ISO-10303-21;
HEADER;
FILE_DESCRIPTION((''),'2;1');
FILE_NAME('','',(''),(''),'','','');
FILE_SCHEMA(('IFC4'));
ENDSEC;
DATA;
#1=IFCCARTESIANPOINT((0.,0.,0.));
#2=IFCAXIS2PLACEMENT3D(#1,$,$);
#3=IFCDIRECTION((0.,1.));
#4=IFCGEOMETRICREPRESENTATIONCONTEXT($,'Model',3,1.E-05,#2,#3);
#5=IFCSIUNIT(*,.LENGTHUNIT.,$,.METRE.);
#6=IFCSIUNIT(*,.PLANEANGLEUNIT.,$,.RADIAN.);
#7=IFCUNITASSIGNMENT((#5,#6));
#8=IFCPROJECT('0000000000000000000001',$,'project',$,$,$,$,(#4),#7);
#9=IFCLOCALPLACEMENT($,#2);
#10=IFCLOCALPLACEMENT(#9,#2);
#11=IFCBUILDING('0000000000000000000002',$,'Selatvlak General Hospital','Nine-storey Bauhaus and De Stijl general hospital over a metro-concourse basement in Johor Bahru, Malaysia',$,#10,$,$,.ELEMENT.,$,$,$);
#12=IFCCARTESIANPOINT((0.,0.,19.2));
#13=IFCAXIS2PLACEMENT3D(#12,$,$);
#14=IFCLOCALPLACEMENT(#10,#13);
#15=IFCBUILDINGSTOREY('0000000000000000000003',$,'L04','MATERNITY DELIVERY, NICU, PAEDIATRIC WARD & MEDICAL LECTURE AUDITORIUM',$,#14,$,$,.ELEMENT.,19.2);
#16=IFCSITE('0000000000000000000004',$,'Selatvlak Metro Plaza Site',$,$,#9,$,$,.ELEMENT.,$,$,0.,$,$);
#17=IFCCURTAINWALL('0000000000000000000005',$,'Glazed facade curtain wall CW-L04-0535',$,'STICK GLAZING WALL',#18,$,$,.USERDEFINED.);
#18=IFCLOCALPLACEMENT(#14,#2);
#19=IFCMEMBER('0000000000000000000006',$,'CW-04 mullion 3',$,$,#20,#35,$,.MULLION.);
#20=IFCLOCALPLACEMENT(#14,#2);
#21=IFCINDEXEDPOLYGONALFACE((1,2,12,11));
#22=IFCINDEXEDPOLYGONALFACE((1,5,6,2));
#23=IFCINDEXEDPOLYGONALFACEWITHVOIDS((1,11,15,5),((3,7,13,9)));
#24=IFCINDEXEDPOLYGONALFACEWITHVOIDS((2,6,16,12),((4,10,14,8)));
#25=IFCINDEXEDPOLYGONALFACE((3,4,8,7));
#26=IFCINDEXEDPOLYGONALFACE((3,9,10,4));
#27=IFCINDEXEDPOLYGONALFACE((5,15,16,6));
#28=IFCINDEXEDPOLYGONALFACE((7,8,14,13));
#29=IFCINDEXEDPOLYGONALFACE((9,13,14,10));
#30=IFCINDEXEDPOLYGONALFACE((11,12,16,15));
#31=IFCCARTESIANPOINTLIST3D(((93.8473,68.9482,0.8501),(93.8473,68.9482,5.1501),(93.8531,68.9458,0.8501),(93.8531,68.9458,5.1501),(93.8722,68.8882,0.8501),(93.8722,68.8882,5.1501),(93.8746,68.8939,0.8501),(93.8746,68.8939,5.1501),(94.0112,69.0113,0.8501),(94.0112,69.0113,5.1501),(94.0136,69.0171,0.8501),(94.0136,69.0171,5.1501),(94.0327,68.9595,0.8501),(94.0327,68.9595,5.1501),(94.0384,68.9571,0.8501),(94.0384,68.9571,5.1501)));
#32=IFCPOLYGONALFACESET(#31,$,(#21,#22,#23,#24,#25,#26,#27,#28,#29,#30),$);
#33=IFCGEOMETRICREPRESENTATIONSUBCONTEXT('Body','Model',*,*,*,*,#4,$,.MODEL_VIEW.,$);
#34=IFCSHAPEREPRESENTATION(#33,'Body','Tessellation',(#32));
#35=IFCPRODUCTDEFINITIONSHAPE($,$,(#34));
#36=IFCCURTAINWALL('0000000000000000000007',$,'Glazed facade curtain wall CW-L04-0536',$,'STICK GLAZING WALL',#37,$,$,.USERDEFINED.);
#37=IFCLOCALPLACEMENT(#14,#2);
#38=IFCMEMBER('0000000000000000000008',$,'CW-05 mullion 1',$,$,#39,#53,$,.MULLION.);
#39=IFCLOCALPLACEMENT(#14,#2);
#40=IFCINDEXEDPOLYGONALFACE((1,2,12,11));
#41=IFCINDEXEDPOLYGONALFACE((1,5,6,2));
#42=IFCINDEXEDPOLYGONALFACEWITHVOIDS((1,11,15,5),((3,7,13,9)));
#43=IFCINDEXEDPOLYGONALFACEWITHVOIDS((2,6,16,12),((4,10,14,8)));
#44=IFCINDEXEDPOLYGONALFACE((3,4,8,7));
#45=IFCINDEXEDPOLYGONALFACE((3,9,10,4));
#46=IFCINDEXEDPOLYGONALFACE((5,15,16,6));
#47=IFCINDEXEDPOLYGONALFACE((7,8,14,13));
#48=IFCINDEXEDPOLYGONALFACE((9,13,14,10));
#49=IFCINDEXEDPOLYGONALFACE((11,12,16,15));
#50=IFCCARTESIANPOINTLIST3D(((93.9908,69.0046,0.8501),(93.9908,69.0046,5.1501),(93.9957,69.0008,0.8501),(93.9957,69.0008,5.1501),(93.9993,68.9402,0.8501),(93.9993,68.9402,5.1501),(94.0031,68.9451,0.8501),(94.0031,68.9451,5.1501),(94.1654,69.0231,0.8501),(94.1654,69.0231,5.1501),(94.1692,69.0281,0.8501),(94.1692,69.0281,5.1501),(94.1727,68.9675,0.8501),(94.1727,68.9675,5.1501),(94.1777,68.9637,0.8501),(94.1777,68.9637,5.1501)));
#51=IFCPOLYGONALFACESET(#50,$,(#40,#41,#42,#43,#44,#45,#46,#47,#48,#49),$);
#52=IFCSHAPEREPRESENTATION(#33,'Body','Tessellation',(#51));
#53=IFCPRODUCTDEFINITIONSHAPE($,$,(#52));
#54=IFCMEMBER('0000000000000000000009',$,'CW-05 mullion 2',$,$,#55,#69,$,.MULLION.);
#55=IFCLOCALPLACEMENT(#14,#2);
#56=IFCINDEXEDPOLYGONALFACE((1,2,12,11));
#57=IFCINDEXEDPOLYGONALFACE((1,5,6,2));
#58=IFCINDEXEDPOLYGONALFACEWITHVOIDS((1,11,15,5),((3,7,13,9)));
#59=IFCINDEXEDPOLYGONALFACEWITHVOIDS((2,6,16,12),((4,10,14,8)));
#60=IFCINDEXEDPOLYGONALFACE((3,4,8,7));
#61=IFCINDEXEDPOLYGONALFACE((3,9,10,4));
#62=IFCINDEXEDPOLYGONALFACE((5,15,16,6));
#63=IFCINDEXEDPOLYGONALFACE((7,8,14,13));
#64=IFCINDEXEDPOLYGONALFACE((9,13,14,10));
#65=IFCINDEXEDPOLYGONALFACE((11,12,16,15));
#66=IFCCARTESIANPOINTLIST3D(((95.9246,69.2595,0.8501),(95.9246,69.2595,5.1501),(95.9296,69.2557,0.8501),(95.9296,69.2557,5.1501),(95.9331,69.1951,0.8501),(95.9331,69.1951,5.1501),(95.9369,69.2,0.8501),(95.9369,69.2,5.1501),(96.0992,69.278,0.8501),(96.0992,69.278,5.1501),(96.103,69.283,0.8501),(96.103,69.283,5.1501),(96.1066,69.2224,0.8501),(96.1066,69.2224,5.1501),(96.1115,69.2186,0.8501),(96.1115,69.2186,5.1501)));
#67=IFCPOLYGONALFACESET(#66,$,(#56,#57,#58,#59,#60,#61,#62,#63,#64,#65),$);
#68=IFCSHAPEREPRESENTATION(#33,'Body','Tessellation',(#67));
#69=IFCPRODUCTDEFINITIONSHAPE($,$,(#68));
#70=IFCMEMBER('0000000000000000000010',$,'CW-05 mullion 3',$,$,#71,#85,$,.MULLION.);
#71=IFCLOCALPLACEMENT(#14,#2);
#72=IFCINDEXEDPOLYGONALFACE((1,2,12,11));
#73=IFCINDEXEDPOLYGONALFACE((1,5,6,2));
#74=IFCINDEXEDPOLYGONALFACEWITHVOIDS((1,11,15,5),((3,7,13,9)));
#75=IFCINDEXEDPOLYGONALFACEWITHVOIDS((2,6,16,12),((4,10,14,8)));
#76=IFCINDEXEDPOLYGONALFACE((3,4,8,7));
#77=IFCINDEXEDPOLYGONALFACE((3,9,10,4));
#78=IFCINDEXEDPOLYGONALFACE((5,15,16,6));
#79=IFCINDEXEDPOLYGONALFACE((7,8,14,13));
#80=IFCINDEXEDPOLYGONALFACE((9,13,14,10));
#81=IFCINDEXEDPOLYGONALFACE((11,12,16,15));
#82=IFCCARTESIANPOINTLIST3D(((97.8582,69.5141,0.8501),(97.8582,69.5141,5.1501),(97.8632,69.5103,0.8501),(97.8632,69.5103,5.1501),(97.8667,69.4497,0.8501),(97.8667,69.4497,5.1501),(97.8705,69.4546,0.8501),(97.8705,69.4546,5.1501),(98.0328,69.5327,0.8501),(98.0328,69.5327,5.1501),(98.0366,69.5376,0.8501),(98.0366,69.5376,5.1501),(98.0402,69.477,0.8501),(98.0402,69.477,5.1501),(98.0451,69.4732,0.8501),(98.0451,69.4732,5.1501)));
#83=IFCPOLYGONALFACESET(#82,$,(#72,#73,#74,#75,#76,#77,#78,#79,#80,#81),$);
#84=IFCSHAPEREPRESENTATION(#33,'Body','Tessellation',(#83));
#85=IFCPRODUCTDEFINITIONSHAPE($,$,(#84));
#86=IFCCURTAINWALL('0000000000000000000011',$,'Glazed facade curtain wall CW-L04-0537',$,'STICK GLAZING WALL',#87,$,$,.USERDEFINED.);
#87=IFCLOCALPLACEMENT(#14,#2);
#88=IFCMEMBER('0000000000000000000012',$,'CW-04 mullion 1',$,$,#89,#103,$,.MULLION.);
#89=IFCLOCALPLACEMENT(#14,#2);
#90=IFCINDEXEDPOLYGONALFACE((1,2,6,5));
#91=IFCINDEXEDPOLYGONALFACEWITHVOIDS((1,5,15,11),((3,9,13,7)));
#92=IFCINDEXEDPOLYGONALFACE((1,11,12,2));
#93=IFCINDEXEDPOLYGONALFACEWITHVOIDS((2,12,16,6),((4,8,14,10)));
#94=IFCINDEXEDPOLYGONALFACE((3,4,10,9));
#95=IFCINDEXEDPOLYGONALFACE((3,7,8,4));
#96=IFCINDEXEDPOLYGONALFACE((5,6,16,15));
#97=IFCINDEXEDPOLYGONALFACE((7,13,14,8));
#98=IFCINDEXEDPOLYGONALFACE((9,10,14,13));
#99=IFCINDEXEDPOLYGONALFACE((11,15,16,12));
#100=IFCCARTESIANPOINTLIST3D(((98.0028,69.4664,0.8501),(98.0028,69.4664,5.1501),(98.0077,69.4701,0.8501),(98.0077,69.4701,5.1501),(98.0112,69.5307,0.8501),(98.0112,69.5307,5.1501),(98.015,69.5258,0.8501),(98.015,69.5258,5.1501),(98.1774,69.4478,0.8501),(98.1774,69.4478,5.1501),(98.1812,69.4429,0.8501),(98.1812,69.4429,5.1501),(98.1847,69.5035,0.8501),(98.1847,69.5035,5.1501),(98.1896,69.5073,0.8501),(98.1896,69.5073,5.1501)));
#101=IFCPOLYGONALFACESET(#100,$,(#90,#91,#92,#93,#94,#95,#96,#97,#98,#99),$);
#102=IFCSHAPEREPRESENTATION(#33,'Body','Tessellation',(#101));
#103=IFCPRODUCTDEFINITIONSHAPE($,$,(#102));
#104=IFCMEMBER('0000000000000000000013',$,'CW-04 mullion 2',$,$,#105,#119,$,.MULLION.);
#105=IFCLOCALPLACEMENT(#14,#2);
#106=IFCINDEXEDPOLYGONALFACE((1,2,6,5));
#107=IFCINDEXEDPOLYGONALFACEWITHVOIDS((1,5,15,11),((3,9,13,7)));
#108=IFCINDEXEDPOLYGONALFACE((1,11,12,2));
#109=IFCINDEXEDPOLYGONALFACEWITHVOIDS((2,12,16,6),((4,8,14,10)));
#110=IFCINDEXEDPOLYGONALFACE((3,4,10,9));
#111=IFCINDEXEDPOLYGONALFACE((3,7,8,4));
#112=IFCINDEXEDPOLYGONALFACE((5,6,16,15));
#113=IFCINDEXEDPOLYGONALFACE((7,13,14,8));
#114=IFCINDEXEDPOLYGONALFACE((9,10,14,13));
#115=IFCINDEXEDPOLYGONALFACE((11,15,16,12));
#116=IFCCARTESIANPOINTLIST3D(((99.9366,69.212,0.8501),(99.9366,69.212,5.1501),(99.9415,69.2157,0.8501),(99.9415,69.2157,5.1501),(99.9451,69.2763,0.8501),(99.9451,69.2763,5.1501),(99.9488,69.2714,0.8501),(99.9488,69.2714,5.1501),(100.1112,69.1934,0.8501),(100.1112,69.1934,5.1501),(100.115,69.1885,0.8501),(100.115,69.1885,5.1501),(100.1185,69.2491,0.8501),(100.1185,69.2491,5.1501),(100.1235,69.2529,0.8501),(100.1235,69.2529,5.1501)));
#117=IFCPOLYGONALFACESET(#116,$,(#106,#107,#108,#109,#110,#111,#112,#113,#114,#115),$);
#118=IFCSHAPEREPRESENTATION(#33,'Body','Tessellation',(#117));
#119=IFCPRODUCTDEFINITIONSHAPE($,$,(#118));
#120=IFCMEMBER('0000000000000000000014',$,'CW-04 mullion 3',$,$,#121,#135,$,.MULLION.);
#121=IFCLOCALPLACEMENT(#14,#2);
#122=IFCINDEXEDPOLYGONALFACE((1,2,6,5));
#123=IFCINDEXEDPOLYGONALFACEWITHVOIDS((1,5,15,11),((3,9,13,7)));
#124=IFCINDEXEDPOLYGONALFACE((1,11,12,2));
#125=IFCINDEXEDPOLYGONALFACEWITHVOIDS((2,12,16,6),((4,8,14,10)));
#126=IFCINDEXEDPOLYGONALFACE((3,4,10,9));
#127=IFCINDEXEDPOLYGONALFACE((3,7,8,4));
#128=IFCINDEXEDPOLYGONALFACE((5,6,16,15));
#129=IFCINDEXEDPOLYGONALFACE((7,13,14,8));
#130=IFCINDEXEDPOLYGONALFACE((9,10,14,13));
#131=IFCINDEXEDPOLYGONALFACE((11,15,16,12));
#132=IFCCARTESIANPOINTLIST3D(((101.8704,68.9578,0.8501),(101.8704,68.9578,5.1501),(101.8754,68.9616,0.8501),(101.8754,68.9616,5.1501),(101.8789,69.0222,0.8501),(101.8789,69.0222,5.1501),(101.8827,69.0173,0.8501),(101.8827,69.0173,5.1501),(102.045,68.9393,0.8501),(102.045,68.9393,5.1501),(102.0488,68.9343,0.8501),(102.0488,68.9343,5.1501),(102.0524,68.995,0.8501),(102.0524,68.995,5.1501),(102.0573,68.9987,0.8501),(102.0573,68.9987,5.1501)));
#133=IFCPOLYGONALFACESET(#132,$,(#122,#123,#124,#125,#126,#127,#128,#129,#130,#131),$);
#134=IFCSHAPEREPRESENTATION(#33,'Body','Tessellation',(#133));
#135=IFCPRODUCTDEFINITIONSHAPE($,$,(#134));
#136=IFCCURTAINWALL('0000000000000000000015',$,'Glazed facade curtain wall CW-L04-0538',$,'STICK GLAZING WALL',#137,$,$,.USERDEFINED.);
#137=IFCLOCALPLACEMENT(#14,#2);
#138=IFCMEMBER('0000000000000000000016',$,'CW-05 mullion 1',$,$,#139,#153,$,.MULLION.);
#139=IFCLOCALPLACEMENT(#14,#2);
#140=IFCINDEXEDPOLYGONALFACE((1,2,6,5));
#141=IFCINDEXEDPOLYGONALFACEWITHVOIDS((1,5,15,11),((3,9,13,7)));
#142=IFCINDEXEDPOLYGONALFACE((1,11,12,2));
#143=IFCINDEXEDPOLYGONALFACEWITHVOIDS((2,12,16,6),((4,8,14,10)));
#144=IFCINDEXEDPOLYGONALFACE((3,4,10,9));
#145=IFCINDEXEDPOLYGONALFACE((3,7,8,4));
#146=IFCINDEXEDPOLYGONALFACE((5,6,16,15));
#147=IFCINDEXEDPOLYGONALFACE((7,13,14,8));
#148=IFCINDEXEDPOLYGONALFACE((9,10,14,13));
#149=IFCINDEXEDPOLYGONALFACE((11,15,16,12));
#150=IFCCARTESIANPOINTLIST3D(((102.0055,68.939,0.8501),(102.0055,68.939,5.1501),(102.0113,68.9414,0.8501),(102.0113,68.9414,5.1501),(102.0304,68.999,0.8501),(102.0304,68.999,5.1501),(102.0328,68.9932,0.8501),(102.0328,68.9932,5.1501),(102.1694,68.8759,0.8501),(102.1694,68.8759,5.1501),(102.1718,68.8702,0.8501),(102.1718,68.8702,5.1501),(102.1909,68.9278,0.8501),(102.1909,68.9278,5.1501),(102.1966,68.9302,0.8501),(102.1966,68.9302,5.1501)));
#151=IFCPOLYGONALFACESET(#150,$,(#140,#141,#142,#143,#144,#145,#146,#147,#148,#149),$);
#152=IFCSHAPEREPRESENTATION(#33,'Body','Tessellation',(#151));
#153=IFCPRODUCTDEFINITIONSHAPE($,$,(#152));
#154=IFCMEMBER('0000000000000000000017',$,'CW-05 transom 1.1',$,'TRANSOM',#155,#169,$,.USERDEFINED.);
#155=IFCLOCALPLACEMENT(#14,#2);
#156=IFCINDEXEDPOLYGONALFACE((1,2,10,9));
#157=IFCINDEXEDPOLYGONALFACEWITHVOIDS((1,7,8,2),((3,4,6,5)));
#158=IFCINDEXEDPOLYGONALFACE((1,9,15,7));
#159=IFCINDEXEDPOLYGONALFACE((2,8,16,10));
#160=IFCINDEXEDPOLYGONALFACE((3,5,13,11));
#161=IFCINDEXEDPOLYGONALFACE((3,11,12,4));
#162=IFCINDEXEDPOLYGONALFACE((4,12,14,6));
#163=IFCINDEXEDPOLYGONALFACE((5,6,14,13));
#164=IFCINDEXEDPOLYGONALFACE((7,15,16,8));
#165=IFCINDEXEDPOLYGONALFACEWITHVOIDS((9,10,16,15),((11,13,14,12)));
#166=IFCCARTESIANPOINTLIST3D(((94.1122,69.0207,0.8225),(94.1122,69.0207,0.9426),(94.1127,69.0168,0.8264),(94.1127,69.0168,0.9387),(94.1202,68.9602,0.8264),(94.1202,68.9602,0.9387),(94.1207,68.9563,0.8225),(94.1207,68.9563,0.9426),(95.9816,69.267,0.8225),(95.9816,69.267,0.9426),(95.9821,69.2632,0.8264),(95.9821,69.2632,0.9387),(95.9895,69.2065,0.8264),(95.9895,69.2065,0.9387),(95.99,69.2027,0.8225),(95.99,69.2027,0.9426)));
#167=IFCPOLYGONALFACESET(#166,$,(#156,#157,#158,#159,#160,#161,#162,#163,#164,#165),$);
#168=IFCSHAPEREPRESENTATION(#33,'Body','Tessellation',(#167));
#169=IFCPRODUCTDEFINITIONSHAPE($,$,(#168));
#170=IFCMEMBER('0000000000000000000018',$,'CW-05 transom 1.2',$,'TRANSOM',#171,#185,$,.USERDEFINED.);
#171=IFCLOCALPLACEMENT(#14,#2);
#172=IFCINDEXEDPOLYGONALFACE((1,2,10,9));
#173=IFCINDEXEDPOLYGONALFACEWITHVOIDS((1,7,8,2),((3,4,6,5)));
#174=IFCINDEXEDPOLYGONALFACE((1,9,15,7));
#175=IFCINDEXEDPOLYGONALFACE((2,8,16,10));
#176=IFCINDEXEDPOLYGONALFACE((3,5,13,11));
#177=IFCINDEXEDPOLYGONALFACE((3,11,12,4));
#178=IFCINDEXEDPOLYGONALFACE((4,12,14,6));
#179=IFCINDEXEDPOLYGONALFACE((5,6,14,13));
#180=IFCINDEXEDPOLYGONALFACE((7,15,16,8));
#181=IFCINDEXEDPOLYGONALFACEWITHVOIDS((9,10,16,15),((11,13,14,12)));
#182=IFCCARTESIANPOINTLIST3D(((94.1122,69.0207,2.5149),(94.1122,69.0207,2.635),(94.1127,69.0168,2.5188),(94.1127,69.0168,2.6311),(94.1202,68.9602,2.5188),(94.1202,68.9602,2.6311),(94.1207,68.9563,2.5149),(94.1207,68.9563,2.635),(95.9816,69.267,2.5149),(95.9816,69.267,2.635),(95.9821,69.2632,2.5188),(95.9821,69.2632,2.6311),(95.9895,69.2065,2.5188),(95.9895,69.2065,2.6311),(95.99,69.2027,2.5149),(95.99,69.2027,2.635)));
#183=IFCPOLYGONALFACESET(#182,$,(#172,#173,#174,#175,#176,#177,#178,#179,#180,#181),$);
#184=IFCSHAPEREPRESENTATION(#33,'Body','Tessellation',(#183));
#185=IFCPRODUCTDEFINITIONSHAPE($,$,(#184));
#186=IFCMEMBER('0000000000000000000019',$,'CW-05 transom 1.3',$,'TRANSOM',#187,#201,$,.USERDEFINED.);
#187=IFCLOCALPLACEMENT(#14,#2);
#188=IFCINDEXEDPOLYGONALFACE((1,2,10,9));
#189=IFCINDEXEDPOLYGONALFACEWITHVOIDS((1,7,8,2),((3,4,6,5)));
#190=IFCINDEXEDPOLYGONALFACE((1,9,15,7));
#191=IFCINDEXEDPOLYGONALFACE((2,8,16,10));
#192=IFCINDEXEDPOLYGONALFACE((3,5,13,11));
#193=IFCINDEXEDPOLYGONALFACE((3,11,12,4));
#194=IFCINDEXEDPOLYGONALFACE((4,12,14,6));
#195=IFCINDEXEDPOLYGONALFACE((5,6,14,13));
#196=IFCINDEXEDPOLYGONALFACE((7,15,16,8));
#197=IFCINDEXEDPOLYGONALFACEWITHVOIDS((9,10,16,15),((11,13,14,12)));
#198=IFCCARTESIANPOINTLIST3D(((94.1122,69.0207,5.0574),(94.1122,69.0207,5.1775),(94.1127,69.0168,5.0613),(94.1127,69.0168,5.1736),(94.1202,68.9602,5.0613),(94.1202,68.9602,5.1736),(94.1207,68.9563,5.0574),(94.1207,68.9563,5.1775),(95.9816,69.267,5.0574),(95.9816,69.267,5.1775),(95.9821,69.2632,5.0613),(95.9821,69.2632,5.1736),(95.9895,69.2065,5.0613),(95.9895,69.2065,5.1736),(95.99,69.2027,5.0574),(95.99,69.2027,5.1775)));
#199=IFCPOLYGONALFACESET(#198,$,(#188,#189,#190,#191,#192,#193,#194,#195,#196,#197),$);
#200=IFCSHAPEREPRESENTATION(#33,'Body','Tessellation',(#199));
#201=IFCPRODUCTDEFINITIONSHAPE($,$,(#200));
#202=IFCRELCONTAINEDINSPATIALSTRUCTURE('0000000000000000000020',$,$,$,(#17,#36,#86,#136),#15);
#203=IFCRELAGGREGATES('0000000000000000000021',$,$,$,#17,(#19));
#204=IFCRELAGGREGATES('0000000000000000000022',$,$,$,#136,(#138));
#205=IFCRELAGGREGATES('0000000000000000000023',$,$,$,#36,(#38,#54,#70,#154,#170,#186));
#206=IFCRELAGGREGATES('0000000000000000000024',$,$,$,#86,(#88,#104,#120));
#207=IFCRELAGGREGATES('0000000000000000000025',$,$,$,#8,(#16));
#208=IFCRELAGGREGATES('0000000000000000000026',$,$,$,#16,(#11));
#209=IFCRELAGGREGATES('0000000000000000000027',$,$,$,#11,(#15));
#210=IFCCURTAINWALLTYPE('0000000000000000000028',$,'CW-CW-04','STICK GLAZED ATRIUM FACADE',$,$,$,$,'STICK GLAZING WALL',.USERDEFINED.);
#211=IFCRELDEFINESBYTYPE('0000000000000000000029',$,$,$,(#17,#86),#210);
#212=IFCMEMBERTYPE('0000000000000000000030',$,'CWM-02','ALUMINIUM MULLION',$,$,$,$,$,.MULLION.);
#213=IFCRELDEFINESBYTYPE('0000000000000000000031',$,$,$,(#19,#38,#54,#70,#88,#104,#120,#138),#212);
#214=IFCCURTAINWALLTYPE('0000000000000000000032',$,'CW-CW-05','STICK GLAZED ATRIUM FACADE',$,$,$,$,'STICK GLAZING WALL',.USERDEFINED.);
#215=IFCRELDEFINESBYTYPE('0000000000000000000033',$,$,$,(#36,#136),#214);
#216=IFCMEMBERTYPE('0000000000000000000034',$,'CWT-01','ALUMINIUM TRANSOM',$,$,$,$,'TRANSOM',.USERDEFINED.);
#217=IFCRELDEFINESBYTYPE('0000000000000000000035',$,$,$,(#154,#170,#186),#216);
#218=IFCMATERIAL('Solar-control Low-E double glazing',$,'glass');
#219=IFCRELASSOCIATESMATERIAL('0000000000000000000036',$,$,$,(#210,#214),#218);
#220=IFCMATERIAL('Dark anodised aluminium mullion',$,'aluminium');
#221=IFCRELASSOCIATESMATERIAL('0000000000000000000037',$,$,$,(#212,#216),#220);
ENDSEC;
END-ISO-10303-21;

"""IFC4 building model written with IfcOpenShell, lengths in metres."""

from ifc_helpers import new_model, si_unit, direction, frame, origin, origin_2d, place, context, subcontext, project, spatial, hollow_rectangle, extrude, material, material_profile, profile_set, type_object, element, aggregate, save


model = new_model("IFC4")

# Units and contexts
model_context = context("Model", 3, precision=1e-05, world=origin(), true_north=direction((0.0, 1.0)))
body_context = subcontext(model_context, "Body", "Model", "MODEL_VIEW")
ifc_project = project(units=[si_unit("LENGTHUNIT", "METRE"), si_unit("PLANEANGLEUNIT", "RADIAN")], contexts=[model_context])

# Site, building, storey
site_placement = place(None, origin())
site = spatial("IfcSite", under=ifc_project, at=site_placement, Name="Selatvlak Metro Plaza Site", CompositionType="ELEMENT", RefElevation=0.0)
building_placement = place(site_placement, origin())
building = spatial("IfcBuilding", under=site, at=building_placement, Name="Selatvlak General Hospital", Description="Nine-storey Bauhaus and De Stijl general hospital over a metro-concourse basement in Johor Bahru, Malaysia", CompositionType="ELEMENT")
storey_placement = place(building_placement, frame((0.0, 0.0, 19.2)))
storey = spatial("IfcBuildingStorey", under=building, at=storey_placement, Name="L04", Description="MATERNITY DELIVERY, NICU, PAEDIATRIC WARD & MEDICAL LECTURE AUDITORIUM", CompositionType="ELEMENT", Elevation=19.2)

# Curtain wall, member
ifc_material_1 = material(Name="Solar-control Low-E double glazing", Category="glass")
curtain_wall_type_1 = type_object("IfcCurtainWallType", Name="CW-CW-04", Description="STICK GLAZED ATRIUM FACADE", ElementType="STICK GLAZING WALL", PredefinedType="USERDEFINED", material=ifc_material_1)
curtain_wall_1_placement = place(storey_placement, origin())
curtain_wall_1 = element("IfcCurtainWall", 1, at=curtain_wall_1_placement, inside=storey, type_object=curtain_wall_type_1, Name="Glazed facade curtain wall CW-L04-0535", ObjectType="STICK GLAZING WALL", PredefinedType="USERDEFINED")
ifc_material_2 = material(Name="Dark anodised aluminium mullion", Category="aluminium")
ifc_material_profile_1 = material_profile(ifc_material_2, hollow_rectangle(XDim=0.0649, YDim=0.1799, WallThickness=0.0044, at=origin_2d()), Name="AL-MUL 65x180x4.5")
ifc_profile_set_1 = profile_set([ifc_material_profile_1], Name="Dark anodised aluminium mullion")
member_type_1 = type_object("IfcMemberType", Name="CWM-02", Description="ALUMINIUM MULLION", PredefinedType="MULLION", material=ifc_profile_set_1)
member_1_placement = place(storey_placement, frame((93.9429, 68.9526, 0.8501), z_axis=(0.0, 0.0, 1.0), x_axis=(-0.382753, 0.923851, 0.0)))
member_1 = element("IfcMember", 2, at=member_1_placement, type_object=member_type_1, Name="CW-04 mullion 3", PredefinedType="MULLION", context=body_context, shape_type="SweptSolid", body=[
    extrude(hollow_rectangle(XDim=0.0649, YDim=0.1799, WallThickness=0.0044, at=origin_2d()), origin(), (0.0, 0.0, 1.0), 4.3),
])
aggregate(curtain_wall_1, [member_1])

# Curtain walls, members
curtain_wall_type_2 = type_object("IfcCurtainWallType", Name="CW-CW-05", Description="STICK GLAZED ATRIUM FACADE", ElementType="STICK GLAZING WALL", PredefinedType="USERDEFINED", material=ifc_material_1)
curtain_wall_2_placement = place(storey_placement, origin())
curtain_wall_2 = element("IfcCurtainWall", 3, at=curtain_wall_2_placement, inside=storey, type_object=curtain_wall_type_2, Name="Glazed facade curtain wall CW-L04-0536", ObjectType="STICK GLAZING WALL", PredefinedType="USERDEFINED")
member_2_placement = place(storey_placement, frame((94.0842, 68.9841, 0.8501), z_axis=(0.0, 0.0, 1.0), x_axis=(-0.130611, 0.991434, 0.0)))
member_2 = element("IfcMember", 4, at=member_2_placement, type_object=member_type_1, Name="CW-05 mullion 1", PredefinedType="MULLION", context=body_context, shape_type="SweptSolid", body=[
    extrude(hollow_rectangle(XDim=0.0649, YDim=0.1799, WallThickness=0.0044, at=origin_2d()), origin(), (0.0, 0.0, 1.0), 4.3),
])
member_3_placement = place(storey_placement, frame((96.0181, 69.239, 0.8501), z_axis=(0.0, 0.0, 1.0), x_axis=(-0.130611, 0.991434, 0.0)))
member_3 = element("IfcMember", 5, at=member_3_placement, type_object=member_type_1, Name="CW-05 mullion 2", PredefinedType="MULLION", context=body_context, shape_type="SweptSolid", body=[
    extrude(hollow_rectangle(XDim=0.0649, YDim=0.1799, WallThickness=0.0044, at=origin_2d()), origin(), (0.0, 0.0, 1.0), 4.3),
])
member_4_placement = place(storey_placement, frame((97.9517, 69.4937, 0.8501), z_axis=(0.0, 0.0, 1.0), x_axis=(-0.130611, 0.991434, 0.0)))
member_4 = element("IfcMember", 6, at=member_4_placement, type_object=member_type_1, Name="CW-05 mullion 3", PredefinedType="MULLION", context=body_context, shape_type="SweptSolid", body=[
    extrude(hollow_rectangle(XDim=0.0649, YDim=0.1799, WallThickness=0.0044, at=origin_2d()), origin(), (0.0, 0.0, 1.0), 4.3),
])
curtain_wall_3_placement = place(storey_placement, origin())
curtain_wall_3 = element("IfcCurtainWall", 7, at=curtain_wall_3_placement, inside=storey, type_object=curtain_wall_type_1, Name="Glazed facade curtain wall CW-L04-0537", ObjectType="STICK GLAZING WALL", PredefinedType="USERDEFINED")
member_5_placement = place(storey_placement, frame((98.0962, 69.4868, 0.8501), z_axis=(0.0, 0.0, 1.0), x_axis=(0.130363, 0.991466, 0.0)))
member_5 = element("IfcMember", 8, at=member_5_placement, type_object=member_type_1, Name="CW-04 mullion 1", PredefinedType="MULLION", context=body_context, shape_type="SweptSolid", body=[
    extrude(hollow_rectangle(XDim=0.0649, YDim=0.1799, WallThickness=0.0044, at=origin_2d()), origin(), (0.0, 0.0, 1.0), 4.3),
])
member_6_placement = place(storey_placement, frame((100.03, 69.2324, 0.8501), z_axis=(0.0, 0.0, 1.0), x_axis=(0.130363, 0.991466, 0.0)))
member_6 = element("IfcMember", 9, at=member_6_placement, type_object=member_type_1, Name="CW-04 mullion 2", PredefinedType="MULLION", context=body_context, shape_type="SweptSolid", body=[
    extrude(hollow_rectangle(XDim=0.0649, YDim=0.1799, WallThickness=0.0044, at=origin_2d()), origin(), (0.0, 0.0, 1.0), 4.3),
])
member_7_placement = place(storey_placement, frame((101.9639, 68.9783, 0.8501), z_axis=(0.0, 0.0, 1.0), x_axis=(0.130363, 0.991466, 0.0)))
member_7 = element("IfcMember", 10, at=member_7_placement, type_object=member_type_1, Name="CW-04 mullion 3", PredefinedType="MULLION", context=body_context, shape_type="SweptSolid", body=[
    extrude(hollow_rectangle(XDim=0.0649, YDim=0.1799, WallThickness=0.0044, at=origin_2d()), origin(), (0.0, 0.0, 1.0), 4.3),
])

# Curtain wall, member
curtain_wall_4_placement = place(storey_placement, origin())
curtain_wall_4 = element("IfcCurtainWall", 11, at=curtain_wall_4_placement, inside=storey, type_object=curtain_wall_type_2, Name="Glazed facade curtain wall CW-L04-0538", ObjectType="STICK GLAZING WALL", PredefinedType="USERDEFINED")
member_8_placement = place(storey_placement, frame((102.1011, 68.9346, 0.8501), z_axis=(0.0, 0.0, 1.0), x_axis=(0.382537, 0.92394, 0.0)))
member_8 = element("IfcMember", 12, at=member_8_placement, type_object=member_type_1, Name="CW-05 mullion 1", PredefinedType="MULLION", context=body_context, shape_type="SweptSolid", body=[
    extrude(hollow_rectangle(XDim=0.0649, YDim=0.1799, WallThickness=0.0044, at=origin_2d()), origin(), (0.0, 0.0, 1.0), 4.3),
])
aggregate(curtain_wall_4, [member_8])

# Members
ifc_material_profile_2 = material_profile(ifc_material_2, hollow_rectangle(XDim=0.0649, YDim=0.1201, WallThickness=0.0039, at=origin_2d()), Name="AL-TRN 65x120x4")
ifc_profile_set_2 = profile_set([ifc_material_profile_2], Name="Dark anodised aluminium mullion")
member_type_2 = type_object("IfcMemberType", Name="CWT-01", Description="ALUMINIUM TRANSOM", ElementType="TRANSOM", PredefinedType="USERDEFINED", material=ifc_profile_set_2)
member_9_placement = place(storey_placement, frame((94.1165, 68.9885, 0.8826), z_axis=(0.991429, 0.130645, 0.0), x_axis=(-0.130645, 0.991429, 0.0)))
member_9 = element("IfcMember", 13, at=member_9_placement, type_object=member_type_2, Name="CW-05 transom 1.1", ObjectType="TRANSOM", PredefinedType="USERDEFINED", context=body_context, shape_type="SweptSolid", body=[
    extrude(hollow_rectangle(XDim=0.0649, YDim=0.1201, WallThickness=0.0039, at=origin_2d()), origin(), (0.0, 0.0, 1.0), 1.8855),
])
member_10_placement = place(storey_placement, frame((94.1165, 68.9885, 2.575), z_axis=(0.991429, 0.130645, 0.0), x_axis=(-0.130645, 0.991429, 0.0)))
member_10 = element("IfcMember", 14, at=member_10_placement, type_object=member_type_2, Name="CW-05 transom 1.2", ObjectType="TRANSOM", PredefinedType="USERDEFINED", context=body_context, shape_type="SweptSolid", body=[
    extrude(hollow_rectangle(XDim=0.0649, YDim=0.1201, WallThickness=0.0039, at=origin_2d()), origin(), (0.0, 0.0, 1.0), 1.8855),
])
member_11_placement = place(storey_placement, frame((94.1165, 68.9885, 5.1174), z_axis=(0.991429, 0.130645, 0.0), x_axis=(-0.130645, 0.991429, 0.0)))
member_11 = element("IfcMember", 15, at=member_11_placement, type_object=member_type_2, Name="CW-05 transom 1.3", ObjectType="TRANSOM", PredefinedType="USERDEFINED", context=body_context, shape_type="SweptSolid", body=[
    extrude(hollow_rectangle(XDim=0.0649, YDim=0.1201, WallThickness=0.0039, at=origin_2d()), origin(), (0.0, 0.0, 1.0), 1.8855),
])

aggregate(curtain_wall_2, [member_2, member_3, member_4, member_9, member_10, member_11])
aggregate(curtain_wall_3, [member_5, member_6, member_7])

save(model, "model.ifc")
